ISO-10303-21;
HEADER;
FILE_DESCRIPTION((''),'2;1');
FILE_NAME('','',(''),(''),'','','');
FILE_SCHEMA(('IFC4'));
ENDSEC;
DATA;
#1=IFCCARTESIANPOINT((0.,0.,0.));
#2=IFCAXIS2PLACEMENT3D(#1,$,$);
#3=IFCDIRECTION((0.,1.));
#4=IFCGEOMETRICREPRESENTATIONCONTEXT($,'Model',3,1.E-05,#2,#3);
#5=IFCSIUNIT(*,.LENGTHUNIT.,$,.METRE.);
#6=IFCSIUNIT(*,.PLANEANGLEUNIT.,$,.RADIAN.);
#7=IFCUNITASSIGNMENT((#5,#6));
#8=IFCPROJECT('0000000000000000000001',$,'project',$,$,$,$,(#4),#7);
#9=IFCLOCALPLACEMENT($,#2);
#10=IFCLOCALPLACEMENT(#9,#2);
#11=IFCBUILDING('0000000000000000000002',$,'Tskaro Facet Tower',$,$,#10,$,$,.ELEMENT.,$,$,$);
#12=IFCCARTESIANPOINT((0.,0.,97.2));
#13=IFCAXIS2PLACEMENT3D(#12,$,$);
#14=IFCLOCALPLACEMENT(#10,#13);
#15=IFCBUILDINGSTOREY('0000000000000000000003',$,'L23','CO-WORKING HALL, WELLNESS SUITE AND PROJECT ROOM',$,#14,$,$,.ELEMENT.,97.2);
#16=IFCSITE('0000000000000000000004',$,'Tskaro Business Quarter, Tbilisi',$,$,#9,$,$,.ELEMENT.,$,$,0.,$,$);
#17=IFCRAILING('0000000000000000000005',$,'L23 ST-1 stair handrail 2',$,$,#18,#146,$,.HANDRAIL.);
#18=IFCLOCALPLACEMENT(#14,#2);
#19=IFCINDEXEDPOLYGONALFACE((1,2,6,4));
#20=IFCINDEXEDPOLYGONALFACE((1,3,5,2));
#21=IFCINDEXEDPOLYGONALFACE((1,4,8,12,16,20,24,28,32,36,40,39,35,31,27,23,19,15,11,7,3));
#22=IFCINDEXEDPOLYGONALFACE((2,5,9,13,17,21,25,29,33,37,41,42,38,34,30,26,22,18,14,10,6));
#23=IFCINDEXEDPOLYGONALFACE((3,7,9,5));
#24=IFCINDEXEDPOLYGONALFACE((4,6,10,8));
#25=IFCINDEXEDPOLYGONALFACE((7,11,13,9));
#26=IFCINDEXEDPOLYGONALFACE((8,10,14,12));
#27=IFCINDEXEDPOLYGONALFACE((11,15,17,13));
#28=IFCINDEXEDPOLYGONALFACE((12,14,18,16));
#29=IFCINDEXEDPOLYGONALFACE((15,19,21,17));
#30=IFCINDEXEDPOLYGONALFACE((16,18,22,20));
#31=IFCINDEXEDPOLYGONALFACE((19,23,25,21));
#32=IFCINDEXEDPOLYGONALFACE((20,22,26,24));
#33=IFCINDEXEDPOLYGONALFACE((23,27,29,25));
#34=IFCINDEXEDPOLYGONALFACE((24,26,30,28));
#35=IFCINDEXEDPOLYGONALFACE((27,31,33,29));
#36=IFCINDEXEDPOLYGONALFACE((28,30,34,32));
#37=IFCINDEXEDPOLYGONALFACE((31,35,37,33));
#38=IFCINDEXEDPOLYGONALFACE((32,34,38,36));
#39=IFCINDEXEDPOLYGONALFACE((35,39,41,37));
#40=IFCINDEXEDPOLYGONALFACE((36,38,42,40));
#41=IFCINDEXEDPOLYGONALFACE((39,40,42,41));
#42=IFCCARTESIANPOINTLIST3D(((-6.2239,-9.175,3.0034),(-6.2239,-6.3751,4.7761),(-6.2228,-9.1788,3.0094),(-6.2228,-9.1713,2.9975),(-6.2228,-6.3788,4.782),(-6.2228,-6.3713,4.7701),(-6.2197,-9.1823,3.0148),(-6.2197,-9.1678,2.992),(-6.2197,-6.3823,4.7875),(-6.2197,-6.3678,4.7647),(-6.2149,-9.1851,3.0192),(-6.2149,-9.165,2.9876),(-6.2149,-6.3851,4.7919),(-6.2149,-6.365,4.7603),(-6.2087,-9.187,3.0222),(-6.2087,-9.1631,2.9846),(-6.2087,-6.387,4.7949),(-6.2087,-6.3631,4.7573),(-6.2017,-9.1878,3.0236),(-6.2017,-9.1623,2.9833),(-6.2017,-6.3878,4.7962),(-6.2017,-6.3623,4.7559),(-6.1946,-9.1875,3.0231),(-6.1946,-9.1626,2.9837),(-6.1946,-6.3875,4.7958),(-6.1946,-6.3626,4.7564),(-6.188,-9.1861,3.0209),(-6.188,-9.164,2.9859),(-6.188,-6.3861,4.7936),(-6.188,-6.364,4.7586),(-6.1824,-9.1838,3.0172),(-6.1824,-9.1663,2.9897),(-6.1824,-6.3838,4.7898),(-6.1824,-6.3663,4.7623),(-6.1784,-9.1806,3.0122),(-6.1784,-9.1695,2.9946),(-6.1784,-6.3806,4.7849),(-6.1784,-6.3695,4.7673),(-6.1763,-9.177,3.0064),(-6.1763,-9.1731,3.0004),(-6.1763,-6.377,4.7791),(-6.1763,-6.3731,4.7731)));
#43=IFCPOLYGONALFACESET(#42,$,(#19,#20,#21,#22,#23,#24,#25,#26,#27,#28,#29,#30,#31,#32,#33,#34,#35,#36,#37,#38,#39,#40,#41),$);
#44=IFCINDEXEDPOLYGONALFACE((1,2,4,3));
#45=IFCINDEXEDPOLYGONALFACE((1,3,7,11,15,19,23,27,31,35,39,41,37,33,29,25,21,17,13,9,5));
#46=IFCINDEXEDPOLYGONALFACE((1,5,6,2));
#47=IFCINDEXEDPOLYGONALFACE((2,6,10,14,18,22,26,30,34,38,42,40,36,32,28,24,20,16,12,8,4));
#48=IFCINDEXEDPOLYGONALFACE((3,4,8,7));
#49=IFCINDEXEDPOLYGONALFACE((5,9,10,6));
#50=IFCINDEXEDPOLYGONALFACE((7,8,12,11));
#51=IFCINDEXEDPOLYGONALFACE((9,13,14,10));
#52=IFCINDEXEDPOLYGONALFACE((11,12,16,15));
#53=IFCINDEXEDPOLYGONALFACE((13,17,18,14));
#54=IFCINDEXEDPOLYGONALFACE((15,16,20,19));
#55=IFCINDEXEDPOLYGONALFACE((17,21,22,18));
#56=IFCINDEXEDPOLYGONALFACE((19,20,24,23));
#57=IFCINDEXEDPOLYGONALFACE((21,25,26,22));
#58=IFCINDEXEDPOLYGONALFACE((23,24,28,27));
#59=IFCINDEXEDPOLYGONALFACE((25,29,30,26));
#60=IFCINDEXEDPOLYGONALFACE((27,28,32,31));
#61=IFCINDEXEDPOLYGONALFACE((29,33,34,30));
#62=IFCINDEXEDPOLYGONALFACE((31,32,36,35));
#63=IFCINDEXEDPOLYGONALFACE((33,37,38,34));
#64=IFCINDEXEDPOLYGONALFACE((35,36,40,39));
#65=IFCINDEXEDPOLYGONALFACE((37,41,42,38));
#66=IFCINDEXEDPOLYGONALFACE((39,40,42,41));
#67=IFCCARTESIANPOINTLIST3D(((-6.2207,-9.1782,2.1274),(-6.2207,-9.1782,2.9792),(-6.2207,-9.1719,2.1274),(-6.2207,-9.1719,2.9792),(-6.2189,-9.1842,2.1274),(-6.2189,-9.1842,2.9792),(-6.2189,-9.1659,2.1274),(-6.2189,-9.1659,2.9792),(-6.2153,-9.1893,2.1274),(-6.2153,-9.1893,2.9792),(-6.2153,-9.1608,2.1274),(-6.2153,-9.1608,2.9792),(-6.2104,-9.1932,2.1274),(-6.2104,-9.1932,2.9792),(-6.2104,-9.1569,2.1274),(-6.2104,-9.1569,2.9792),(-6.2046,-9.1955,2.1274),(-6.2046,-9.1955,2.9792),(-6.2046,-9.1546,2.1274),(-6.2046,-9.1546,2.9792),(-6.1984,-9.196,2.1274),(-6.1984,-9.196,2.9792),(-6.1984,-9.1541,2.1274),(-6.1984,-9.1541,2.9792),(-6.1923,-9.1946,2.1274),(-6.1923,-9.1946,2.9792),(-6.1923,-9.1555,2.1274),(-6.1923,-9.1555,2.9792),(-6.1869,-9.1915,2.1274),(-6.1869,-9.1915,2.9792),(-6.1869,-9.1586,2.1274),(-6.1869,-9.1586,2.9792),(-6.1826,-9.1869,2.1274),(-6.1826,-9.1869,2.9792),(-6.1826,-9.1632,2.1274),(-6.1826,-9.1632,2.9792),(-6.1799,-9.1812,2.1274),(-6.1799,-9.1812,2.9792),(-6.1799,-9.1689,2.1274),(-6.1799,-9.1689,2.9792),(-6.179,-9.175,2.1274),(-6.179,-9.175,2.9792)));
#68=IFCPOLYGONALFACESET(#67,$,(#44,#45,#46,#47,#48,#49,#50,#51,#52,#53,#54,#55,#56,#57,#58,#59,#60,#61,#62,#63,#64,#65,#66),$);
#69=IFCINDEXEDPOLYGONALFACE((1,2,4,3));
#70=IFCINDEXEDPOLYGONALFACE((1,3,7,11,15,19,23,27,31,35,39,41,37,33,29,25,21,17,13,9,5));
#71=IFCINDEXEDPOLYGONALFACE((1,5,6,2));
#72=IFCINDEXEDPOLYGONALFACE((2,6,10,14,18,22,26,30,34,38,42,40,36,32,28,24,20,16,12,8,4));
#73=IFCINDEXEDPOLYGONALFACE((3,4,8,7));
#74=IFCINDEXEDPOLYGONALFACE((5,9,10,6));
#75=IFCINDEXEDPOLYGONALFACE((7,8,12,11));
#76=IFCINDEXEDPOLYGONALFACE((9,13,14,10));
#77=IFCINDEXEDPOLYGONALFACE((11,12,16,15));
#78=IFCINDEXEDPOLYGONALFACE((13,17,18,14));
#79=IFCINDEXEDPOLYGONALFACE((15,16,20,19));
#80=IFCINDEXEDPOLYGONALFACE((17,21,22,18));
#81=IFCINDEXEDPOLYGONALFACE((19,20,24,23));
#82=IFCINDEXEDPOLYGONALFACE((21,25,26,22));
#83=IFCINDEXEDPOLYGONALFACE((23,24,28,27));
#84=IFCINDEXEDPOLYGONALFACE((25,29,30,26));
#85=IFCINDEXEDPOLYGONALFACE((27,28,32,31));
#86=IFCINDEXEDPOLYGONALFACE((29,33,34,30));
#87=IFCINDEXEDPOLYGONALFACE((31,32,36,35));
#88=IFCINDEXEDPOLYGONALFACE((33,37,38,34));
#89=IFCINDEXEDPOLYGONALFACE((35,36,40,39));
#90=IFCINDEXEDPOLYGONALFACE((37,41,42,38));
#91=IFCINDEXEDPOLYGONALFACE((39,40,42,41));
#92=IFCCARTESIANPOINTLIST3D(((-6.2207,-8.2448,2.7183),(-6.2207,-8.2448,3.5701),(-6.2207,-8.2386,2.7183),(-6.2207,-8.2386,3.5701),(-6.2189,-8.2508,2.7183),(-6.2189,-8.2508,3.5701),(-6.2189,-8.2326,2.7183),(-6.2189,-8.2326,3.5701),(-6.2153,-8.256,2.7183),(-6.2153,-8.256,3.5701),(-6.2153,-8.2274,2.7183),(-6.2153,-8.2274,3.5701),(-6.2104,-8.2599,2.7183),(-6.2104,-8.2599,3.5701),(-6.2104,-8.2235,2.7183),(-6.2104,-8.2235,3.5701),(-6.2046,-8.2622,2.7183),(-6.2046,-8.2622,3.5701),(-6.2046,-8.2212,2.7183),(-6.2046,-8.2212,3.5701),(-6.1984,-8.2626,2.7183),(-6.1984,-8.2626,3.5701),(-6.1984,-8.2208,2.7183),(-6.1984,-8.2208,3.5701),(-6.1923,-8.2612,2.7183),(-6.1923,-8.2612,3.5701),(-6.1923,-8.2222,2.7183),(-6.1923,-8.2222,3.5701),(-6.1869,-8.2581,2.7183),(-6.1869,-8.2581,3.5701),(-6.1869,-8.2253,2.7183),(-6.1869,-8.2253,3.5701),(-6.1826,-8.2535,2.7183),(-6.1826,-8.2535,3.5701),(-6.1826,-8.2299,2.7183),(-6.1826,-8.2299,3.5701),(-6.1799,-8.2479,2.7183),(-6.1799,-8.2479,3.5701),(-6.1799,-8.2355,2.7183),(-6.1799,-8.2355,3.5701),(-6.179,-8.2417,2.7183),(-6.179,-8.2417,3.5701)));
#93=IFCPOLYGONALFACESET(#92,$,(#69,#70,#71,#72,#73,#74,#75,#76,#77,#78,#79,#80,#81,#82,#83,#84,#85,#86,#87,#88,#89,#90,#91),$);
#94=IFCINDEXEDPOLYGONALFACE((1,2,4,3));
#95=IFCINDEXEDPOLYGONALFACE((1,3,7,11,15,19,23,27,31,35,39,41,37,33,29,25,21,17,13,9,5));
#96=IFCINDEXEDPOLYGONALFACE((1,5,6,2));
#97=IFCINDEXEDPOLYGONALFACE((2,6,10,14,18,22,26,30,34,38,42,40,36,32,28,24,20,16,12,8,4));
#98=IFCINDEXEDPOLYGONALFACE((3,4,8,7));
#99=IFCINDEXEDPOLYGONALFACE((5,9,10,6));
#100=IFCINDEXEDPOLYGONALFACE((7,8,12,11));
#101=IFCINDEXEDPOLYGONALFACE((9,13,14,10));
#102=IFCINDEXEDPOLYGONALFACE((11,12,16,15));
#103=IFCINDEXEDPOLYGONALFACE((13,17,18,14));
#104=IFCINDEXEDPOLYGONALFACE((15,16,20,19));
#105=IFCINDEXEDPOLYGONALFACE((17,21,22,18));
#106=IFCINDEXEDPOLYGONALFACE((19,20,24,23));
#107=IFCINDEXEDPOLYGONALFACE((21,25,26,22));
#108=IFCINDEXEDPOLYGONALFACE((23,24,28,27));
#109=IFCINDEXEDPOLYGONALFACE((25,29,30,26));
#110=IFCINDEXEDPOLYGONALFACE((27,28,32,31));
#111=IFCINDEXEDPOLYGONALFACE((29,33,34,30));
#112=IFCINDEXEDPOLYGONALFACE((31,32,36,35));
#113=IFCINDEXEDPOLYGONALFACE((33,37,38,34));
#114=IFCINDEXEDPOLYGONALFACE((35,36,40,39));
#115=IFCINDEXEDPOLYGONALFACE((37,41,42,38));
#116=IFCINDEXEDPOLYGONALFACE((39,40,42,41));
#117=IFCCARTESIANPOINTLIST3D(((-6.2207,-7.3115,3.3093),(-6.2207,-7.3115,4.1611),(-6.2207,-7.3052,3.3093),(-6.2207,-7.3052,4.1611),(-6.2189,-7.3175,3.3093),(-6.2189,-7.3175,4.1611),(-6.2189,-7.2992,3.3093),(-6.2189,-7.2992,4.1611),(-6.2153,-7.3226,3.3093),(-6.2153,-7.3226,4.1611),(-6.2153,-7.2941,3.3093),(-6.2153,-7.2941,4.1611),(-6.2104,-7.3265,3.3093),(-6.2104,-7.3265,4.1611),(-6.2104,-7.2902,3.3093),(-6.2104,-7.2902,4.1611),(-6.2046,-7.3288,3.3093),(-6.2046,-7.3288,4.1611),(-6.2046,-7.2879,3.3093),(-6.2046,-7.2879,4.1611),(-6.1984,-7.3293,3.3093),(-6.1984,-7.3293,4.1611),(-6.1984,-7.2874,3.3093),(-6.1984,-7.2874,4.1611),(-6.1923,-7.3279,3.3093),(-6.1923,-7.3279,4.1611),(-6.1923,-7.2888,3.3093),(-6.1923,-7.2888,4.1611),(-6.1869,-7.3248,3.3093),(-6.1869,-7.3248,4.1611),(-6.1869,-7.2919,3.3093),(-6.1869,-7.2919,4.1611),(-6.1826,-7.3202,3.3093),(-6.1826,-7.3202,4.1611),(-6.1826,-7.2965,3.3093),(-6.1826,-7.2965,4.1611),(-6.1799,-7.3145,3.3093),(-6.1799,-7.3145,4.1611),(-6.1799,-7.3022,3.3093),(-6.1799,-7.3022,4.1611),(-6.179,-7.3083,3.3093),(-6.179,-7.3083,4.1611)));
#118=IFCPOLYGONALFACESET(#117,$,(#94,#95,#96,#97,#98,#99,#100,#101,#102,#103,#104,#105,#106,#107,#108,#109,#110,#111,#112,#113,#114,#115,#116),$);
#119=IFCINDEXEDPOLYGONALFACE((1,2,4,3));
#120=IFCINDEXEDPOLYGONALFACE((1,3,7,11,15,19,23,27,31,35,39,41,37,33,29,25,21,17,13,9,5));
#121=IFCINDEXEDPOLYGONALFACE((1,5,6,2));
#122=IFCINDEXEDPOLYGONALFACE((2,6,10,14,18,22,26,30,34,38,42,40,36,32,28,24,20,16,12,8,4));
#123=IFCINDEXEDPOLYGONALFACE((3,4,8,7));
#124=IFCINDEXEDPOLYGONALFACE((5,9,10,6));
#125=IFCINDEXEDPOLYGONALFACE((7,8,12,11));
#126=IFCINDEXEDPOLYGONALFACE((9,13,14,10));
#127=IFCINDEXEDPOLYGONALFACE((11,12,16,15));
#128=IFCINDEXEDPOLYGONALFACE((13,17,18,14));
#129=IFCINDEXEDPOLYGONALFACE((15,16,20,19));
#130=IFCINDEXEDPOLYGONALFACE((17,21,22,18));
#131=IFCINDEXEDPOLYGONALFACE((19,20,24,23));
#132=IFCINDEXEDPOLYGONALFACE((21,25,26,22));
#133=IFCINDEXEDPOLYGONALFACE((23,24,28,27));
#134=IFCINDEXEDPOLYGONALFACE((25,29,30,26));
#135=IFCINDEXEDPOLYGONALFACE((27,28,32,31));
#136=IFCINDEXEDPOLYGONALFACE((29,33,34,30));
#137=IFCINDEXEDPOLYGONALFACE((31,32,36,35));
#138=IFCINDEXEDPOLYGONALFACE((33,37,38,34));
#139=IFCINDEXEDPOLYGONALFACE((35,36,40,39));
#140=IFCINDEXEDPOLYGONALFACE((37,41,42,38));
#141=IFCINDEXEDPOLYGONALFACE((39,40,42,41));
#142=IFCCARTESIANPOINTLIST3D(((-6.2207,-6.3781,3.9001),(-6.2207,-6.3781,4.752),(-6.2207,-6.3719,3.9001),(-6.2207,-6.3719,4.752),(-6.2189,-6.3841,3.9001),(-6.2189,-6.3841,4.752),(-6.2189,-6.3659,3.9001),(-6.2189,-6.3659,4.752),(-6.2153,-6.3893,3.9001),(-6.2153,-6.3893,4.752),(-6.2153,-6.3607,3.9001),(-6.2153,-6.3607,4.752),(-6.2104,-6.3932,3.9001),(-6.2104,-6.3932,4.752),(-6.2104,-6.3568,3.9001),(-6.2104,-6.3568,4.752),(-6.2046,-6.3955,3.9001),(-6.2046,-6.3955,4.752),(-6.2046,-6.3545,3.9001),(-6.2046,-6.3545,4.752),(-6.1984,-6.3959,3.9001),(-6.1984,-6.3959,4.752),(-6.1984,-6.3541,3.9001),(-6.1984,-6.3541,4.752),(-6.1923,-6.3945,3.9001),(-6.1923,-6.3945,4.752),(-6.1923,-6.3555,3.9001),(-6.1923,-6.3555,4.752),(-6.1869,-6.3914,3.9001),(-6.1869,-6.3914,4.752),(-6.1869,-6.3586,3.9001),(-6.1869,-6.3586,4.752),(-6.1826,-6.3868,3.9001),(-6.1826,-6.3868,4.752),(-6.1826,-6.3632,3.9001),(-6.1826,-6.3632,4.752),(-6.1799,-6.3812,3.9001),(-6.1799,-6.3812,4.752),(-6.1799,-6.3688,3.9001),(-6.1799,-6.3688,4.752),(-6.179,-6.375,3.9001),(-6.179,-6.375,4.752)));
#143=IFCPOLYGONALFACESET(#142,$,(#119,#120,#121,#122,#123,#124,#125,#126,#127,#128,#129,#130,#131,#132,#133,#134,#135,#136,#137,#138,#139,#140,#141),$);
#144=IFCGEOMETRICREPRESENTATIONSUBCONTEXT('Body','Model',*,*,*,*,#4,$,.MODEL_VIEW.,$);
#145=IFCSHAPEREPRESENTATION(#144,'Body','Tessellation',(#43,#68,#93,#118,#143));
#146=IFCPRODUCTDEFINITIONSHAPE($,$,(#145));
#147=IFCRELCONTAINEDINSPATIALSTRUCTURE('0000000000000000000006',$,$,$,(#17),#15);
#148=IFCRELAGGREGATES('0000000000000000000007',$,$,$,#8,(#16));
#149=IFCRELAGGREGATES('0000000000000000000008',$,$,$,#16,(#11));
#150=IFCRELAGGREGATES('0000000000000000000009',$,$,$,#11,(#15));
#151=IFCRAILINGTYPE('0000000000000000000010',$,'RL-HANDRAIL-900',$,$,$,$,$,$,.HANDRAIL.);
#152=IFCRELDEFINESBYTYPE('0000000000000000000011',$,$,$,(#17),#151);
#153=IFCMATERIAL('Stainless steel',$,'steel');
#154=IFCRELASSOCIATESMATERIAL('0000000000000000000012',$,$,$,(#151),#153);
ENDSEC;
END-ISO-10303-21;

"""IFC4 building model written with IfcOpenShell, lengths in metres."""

from ifc_helpers import new_model, si_unit, direction, frame, origin, origin_2d, place, context, subcontext, project, spatial, circle, extrude, material, type_object, element, save


model = new_model("IFC4")

# Units and contexts
model_context = context("Model", 3, precision=1e-05, world=origin(), true_north=direction((0.0, 1.0)))
body_context = subcontext(model_context, "Body", "Model", "MODEL_VIEW")
ifc_project = project(units=[si_unit("LENGTHUNIT", "METRE"), si_unit("PLANEANGLEUNIT", "RADIAN")], contexts=[model_context])

# Site, building, storey
site_placement = place(None, origin())
site = spatial("IfcSite", under=ifc_project, at=site_placement, Name="Tskaro Business Quarter, Tbilisi", CompositionType="ELEMENT", RefElevation=0.0)
building_placement = place(site_placement, origin())
building = spatial("IfcBuilding", under=site, at=building_placement, Name="Tskaro Facet Tower", CompositionType="ELEMENT")
storey_placement = place(building_placement, frame((0.0, 0.0, 97.2)))
storey = spatial("IfcBuildingStorey", under=building, at=storey_placement, Name="L23", Description="CO-WORKING HALL, WELLNESS SUITE AND PROJECT ROOM", CompositionType="ELEMENT", Elevation=97.2)

# Shared definitions
ifc_material_1 = material(Name="Stainless steel", Category="steel")

# Railing
railing_type_1 = type_object("IfcRailingType", Name="RL-HANDRAIL-900", PredefinedType="HANDRAIL", material=ifc_material_1)
railing_1_placement = place(storey_placement, frame((-6.2, -9.175, 2.1274)))
element("IfcRailing", 1, at=railing_1_placement, inside=storey, type_object=railing_type_1, Name="L23 ST-1 stair handrail 2", PredefinedType="HANDRAIL", context=body_context, shape_type="SweptSolid", body=[
    extrude(circle(Radius=0.0239, at=origin_2d()), frame((0.0, 0.0, 0.876), z_axis=(0.0, 0.844909, 0.53491), x_axis=(-1.0, 0.0, 0.0)), (0.0, 0.0, 1.0), 3.314),
    extrude(circle(Radius=0.021, at=origin_2d()), origin(), (0.0, 0.0, 1.0), 0.8518),
    extrude(circle(Radius=0.021, at=origin_2d()), frame((0.0, 0.9333, 0.5908)), (0.0, 0.0, 1.0), 0.8518),
    extrude(circle(Radius=0.021, at=origin_2d()), frame((0.0, 1.8667, 1.1819)), (0.0, 0.0, 1.0), 0.8518),
    extrude(circle(Radius=0.021, at=origin_2d()), frame((0.0, 2.8, 1.7727)), (0.0, 0.0, 1.0), 0.8518),
])

save(model, "model.ifc")
